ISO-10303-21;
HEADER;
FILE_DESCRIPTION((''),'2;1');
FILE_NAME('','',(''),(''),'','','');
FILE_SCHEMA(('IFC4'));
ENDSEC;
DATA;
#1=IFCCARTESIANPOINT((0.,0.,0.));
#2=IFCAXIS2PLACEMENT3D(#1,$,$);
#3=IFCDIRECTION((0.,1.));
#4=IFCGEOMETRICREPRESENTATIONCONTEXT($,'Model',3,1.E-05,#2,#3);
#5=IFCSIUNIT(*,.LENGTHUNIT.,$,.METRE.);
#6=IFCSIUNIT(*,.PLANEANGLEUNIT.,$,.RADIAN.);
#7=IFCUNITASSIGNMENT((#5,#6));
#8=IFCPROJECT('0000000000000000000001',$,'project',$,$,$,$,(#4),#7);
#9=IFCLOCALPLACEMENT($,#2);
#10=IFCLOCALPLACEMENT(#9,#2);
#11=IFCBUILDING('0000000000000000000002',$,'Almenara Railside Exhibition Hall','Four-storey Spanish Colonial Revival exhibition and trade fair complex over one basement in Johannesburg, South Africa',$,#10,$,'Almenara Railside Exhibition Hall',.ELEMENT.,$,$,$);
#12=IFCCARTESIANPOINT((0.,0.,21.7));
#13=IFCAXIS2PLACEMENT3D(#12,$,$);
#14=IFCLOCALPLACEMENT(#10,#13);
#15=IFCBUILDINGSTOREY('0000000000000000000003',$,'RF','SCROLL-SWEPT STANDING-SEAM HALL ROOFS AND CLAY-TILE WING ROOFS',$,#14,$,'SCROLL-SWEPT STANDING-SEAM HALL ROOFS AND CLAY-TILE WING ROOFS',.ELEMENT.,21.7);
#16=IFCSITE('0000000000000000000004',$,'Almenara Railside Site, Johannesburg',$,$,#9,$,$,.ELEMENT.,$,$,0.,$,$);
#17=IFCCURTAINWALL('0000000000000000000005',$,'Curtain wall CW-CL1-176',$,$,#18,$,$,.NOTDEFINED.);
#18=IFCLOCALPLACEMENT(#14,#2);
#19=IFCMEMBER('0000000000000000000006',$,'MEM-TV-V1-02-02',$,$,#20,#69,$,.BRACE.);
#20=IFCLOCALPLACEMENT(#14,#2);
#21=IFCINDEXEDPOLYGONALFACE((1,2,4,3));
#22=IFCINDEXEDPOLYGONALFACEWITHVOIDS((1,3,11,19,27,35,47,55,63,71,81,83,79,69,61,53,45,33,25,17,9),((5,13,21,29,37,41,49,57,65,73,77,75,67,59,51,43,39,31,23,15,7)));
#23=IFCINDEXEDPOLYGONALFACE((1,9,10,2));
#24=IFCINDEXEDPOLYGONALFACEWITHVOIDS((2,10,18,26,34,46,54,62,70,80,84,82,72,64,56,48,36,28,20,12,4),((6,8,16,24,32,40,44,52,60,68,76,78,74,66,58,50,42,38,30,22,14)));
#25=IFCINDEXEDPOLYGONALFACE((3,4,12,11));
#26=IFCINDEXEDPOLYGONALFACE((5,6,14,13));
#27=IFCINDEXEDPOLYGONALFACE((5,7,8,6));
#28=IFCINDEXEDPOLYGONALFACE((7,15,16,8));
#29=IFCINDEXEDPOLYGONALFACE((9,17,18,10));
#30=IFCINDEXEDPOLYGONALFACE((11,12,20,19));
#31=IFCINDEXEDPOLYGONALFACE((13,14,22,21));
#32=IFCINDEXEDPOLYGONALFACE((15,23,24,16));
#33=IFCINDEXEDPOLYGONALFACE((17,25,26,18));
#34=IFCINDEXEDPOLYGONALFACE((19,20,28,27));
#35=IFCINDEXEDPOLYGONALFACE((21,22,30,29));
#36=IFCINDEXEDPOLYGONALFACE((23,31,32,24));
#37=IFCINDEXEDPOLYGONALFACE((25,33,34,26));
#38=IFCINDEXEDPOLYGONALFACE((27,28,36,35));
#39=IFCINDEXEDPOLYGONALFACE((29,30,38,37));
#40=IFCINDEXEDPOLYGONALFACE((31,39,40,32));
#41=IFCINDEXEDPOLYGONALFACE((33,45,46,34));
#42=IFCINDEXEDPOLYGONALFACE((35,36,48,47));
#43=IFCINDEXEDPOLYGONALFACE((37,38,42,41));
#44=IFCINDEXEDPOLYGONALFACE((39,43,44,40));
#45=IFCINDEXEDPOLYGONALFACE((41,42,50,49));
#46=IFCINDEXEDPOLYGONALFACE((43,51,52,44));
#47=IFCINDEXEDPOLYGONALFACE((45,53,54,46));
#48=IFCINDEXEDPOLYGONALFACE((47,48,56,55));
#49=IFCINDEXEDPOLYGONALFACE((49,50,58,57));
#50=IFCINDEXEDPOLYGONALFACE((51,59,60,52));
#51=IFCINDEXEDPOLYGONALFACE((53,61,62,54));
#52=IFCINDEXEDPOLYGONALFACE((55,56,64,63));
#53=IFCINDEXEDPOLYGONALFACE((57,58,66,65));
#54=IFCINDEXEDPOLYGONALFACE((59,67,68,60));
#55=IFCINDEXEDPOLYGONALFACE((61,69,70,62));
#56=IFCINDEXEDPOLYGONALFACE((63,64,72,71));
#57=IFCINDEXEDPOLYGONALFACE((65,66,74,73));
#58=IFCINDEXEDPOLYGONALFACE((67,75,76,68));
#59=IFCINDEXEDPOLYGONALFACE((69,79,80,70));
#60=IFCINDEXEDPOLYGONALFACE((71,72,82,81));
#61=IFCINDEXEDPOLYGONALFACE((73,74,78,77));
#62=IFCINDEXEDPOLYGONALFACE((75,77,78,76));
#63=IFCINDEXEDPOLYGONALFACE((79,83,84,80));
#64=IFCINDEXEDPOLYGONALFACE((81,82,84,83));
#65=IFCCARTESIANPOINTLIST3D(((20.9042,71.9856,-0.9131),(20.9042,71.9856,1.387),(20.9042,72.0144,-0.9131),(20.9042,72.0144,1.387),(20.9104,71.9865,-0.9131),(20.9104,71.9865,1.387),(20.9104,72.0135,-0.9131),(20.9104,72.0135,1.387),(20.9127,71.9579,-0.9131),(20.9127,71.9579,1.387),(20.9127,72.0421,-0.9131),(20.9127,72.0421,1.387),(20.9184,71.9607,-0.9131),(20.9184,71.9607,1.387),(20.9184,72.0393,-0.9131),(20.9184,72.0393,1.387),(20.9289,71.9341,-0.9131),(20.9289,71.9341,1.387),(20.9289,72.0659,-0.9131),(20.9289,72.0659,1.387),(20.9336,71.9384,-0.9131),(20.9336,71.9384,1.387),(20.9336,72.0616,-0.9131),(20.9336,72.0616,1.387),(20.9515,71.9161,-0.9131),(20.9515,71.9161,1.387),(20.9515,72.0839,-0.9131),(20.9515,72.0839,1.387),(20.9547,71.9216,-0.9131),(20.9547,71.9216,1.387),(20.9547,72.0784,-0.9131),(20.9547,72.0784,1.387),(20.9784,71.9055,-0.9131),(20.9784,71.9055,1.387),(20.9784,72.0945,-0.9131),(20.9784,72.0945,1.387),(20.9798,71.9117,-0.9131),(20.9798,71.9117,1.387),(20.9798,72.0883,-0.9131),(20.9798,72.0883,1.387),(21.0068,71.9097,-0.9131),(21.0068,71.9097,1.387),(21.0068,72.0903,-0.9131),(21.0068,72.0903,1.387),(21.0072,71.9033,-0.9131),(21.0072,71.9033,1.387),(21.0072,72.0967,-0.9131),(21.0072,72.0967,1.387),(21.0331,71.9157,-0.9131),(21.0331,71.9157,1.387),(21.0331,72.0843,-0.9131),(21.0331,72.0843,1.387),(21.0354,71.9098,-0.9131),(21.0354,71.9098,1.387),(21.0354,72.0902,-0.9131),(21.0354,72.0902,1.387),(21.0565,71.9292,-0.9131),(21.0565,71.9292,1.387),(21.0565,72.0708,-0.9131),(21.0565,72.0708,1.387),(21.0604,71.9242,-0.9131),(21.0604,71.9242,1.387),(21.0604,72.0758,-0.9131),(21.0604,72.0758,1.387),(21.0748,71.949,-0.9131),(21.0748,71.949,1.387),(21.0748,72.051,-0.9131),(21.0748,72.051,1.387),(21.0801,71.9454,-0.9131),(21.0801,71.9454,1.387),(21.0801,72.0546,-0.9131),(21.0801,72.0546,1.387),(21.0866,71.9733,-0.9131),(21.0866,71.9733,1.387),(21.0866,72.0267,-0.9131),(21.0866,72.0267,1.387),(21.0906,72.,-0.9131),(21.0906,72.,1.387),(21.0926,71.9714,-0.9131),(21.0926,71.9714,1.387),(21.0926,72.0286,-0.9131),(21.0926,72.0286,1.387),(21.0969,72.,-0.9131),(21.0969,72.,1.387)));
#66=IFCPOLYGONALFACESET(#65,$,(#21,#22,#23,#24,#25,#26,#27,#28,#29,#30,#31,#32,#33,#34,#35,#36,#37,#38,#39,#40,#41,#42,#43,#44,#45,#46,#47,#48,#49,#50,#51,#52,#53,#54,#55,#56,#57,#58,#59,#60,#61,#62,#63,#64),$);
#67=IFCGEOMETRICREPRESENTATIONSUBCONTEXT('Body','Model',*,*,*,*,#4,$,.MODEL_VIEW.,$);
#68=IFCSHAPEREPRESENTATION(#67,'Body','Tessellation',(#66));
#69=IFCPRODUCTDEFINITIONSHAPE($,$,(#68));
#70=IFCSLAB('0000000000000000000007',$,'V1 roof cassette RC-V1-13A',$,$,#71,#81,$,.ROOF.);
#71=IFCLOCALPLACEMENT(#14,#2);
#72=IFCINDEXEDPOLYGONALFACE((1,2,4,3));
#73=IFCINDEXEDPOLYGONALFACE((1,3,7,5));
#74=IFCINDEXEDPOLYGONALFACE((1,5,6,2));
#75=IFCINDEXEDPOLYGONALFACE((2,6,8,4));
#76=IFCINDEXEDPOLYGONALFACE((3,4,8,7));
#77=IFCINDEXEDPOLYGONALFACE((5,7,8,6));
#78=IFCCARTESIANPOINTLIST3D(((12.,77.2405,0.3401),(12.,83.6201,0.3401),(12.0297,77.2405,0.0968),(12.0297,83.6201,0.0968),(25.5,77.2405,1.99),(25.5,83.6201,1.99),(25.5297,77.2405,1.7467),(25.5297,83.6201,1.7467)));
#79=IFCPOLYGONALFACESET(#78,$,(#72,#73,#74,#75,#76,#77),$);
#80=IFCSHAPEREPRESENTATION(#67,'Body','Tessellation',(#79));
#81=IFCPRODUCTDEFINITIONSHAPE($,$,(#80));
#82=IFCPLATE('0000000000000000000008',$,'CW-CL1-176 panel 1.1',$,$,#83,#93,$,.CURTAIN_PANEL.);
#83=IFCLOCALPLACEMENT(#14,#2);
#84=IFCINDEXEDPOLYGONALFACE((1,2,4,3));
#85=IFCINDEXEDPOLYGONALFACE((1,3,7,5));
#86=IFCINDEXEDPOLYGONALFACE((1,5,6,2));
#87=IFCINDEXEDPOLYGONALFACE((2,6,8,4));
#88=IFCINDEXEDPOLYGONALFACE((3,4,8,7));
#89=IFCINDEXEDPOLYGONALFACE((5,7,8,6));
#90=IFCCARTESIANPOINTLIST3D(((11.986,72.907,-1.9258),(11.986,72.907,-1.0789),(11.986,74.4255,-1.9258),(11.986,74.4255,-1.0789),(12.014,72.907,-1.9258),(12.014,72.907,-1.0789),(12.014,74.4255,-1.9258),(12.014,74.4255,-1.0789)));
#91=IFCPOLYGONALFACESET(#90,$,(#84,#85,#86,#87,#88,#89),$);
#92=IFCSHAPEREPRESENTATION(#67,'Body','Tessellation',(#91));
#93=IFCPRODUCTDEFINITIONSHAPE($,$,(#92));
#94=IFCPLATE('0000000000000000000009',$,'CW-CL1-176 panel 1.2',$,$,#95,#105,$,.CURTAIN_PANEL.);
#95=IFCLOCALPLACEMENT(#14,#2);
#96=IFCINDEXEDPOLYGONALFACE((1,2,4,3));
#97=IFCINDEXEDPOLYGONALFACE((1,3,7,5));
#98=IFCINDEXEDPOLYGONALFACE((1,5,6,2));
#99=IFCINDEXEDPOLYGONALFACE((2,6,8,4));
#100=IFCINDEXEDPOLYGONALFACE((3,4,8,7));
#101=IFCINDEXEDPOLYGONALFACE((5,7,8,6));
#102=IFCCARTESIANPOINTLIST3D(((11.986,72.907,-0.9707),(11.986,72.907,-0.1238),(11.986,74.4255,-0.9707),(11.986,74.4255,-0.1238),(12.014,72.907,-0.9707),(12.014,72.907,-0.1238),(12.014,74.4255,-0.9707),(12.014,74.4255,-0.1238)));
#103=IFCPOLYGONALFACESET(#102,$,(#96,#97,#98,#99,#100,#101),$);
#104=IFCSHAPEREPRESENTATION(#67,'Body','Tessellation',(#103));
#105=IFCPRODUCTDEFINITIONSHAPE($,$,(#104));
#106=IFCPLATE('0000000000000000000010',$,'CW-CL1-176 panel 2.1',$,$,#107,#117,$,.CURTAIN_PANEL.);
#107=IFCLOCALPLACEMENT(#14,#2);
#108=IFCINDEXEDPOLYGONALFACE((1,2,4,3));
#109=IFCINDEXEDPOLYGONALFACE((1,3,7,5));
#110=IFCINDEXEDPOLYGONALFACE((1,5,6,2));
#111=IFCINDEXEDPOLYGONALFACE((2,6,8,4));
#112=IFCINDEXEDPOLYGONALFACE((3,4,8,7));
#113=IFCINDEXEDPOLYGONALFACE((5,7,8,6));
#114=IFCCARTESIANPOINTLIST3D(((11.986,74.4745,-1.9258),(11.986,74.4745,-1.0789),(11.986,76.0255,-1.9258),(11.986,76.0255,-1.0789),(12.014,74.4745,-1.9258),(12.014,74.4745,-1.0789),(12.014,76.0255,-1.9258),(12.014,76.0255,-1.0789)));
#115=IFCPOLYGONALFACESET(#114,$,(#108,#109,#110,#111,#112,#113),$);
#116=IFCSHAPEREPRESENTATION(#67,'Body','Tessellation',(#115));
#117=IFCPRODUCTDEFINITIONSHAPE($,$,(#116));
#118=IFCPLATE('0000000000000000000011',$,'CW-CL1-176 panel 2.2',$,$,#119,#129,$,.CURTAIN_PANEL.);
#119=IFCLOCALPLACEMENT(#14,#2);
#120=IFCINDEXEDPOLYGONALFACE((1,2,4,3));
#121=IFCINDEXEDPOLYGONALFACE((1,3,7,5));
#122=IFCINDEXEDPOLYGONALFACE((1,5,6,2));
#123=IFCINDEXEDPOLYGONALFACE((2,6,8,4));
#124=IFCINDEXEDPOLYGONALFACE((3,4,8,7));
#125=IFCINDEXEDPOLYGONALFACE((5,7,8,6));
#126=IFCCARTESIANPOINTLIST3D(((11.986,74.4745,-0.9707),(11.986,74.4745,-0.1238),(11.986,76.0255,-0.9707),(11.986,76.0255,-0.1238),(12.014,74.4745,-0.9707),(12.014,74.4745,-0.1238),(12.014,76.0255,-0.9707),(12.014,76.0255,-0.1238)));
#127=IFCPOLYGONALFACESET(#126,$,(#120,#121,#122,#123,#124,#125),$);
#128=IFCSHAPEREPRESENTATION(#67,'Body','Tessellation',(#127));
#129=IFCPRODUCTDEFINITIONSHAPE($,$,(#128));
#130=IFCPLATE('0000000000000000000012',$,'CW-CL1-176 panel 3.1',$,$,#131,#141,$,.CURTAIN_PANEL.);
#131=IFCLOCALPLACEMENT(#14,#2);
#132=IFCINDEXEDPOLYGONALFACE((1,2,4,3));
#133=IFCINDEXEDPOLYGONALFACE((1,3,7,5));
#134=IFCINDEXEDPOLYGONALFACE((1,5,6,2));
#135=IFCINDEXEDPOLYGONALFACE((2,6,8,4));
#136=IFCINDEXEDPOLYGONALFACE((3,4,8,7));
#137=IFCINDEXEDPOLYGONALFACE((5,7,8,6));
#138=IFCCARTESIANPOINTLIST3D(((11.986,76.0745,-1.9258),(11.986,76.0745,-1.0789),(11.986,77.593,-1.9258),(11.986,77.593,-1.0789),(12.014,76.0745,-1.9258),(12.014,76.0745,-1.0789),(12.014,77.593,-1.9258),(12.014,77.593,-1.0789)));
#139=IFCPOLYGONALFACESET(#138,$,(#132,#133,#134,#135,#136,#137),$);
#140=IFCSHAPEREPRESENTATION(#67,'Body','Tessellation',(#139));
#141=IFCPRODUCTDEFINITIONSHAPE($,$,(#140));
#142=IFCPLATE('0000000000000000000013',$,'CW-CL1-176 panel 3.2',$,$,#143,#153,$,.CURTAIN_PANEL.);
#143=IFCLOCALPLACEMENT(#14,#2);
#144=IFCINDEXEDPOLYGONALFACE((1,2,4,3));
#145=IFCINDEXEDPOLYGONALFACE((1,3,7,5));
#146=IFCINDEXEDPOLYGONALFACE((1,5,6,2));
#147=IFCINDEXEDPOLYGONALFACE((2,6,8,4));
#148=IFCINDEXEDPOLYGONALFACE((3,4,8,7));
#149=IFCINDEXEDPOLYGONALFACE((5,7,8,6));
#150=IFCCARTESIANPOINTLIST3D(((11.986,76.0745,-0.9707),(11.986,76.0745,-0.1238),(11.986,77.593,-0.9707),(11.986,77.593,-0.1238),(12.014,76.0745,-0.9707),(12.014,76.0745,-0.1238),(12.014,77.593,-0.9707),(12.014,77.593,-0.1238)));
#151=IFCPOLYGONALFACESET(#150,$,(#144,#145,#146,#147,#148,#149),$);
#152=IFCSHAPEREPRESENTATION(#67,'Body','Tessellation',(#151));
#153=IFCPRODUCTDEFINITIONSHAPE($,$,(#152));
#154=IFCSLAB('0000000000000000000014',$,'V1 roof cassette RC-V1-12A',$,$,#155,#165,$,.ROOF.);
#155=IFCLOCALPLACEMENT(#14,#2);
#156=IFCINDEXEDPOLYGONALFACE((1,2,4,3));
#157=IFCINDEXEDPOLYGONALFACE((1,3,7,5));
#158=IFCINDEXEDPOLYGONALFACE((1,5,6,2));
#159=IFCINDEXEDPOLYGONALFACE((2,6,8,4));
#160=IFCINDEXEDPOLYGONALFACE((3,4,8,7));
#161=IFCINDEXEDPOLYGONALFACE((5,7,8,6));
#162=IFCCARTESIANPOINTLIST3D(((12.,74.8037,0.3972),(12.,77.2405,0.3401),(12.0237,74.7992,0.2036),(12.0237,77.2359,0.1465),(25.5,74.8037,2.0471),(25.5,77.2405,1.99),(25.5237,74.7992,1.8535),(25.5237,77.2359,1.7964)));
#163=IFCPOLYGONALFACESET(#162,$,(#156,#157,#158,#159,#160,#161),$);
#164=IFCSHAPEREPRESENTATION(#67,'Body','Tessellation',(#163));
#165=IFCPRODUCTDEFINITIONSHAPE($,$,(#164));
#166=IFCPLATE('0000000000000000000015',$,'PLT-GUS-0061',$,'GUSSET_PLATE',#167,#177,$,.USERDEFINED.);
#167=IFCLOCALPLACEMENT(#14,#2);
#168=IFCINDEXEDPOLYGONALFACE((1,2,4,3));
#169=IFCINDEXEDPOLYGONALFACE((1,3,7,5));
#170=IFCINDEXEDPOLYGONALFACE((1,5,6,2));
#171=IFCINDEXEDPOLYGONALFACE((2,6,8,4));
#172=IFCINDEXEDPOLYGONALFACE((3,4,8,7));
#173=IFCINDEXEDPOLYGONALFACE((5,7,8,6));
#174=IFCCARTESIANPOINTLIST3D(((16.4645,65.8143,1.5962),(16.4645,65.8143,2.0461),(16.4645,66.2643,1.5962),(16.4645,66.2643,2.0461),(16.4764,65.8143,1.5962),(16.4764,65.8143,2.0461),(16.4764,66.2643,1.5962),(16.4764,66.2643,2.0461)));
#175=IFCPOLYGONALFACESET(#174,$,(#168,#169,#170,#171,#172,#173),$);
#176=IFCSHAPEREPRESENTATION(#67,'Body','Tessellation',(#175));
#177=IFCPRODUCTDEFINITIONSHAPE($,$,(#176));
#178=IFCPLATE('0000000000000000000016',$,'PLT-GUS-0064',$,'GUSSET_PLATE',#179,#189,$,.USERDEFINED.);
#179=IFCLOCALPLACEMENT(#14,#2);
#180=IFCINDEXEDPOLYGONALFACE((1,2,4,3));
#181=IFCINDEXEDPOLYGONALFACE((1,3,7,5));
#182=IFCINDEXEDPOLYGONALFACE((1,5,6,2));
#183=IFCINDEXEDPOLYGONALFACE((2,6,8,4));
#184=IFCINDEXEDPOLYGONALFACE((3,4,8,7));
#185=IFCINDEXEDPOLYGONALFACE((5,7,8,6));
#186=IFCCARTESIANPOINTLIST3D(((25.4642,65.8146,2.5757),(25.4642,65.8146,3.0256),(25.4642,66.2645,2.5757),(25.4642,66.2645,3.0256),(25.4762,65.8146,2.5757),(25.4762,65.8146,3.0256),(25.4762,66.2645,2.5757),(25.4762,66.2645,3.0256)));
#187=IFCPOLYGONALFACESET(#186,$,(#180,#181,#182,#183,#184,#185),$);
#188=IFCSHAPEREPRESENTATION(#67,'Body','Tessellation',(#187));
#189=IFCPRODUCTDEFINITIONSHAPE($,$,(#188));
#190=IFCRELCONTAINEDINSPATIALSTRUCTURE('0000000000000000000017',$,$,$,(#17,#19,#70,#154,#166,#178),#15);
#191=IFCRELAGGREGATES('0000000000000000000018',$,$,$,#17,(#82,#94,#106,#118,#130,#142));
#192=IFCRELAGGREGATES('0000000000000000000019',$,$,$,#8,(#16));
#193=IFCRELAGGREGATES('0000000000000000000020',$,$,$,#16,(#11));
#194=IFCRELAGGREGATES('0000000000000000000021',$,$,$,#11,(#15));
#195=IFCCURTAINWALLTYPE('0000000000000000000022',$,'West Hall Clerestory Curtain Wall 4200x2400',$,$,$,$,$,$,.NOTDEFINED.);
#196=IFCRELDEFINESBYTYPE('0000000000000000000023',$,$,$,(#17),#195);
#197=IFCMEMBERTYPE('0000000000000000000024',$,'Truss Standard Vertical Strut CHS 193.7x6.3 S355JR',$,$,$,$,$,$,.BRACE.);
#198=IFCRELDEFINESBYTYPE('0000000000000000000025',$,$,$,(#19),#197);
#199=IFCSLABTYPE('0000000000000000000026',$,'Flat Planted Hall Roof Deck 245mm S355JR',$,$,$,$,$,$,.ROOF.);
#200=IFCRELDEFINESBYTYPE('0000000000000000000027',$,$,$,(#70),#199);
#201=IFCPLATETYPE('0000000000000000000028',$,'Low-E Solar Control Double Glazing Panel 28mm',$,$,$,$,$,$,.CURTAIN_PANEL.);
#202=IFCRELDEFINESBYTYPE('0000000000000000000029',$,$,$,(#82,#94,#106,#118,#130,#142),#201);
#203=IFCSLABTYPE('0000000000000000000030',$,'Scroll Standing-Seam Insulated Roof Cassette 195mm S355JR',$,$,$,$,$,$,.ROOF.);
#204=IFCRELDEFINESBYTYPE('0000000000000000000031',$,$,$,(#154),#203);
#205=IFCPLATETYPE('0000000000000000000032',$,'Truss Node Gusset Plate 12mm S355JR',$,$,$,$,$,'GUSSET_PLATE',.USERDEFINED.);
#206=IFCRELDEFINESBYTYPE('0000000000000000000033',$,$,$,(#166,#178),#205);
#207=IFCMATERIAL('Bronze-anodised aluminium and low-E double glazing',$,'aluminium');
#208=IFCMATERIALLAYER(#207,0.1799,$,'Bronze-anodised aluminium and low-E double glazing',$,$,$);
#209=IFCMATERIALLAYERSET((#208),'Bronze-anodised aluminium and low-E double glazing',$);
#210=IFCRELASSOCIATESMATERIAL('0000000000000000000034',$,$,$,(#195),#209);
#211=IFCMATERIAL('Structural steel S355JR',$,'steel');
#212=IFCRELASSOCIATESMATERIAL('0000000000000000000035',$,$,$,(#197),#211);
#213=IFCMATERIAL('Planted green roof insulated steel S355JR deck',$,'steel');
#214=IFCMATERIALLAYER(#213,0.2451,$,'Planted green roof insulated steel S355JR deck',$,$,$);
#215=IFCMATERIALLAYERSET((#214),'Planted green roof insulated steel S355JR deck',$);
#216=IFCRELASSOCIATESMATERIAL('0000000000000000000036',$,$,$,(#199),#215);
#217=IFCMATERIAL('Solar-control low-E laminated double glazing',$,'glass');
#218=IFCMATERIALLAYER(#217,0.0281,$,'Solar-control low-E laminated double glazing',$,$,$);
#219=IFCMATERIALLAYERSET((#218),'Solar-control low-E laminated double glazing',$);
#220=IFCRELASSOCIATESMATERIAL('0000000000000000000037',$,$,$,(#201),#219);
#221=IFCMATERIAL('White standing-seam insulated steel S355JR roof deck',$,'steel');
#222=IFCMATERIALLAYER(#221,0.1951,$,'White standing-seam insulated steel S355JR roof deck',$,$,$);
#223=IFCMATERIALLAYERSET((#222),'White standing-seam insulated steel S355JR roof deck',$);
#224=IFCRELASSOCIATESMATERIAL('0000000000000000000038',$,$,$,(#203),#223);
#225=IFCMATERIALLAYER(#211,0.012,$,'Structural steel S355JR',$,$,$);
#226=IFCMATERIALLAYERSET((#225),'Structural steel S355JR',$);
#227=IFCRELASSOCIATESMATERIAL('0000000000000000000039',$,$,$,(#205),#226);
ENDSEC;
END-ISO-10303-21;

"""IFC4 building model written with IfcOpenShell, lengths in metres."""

from ifc_helpers import new_model, si_unit, direction, frame, origin, origin_2d, place, context, subcontext, project, spatial, polyline, rectangle, hollow_circle, outline, extrude, material, layer, layer_set, material_profile, profile_set, type_object, element, aggregate, save


model = new_model("IFC4")

# Units and contexts
model_context = context("Model", 3, precision=1e-05, world=origin(), true_north=direction((0.0, 1.0)))
body_context = subcontext(model_context, "Body", "Model", "MODEL_VIEW")
ifc_project = project(units=[si_unit("LENGTHUNIT", "METRE"), si_unit("PLANEANGLEUNIT", "RADIAN")], contexts=[model_context])

# Site, building, storey
site_placement = place(None, origin())
site = spatial("IfcSite", under=ifc_project, at=site_placement, Name="Almenara Railside Site, Johannesburg", CompositionType="ELEMENT", RefElevation=0.0)
building_placement = place(site_placement, origin())
building = spatial("IfcBuilding", under=site, at=building_placement, Name="Almenara Railside Exhibition Hall", Description="Four-storey Spanish Colonial Revival exhibition and trade fair complex over one basement in Johannesburg, South Africa", LongName="Almenara Railside Exhibition Hall", CompositionType="ELEMENT")
storey_placement = place(building_placement, frame((0.0, 0.0, 21.7)))
storey = spatial("IfcBuildingStorey", under=building, at=storey_placement, Name="RF", Description="SCROLL-SWEPT STANDING-SEAM HALL ROOFS AND CLAY-TILE WING ROOFS", LongName="SCROLL-SWEPT STANDING-SEAM HALL ROOFS AND CLAY-TILE WING ROOFS", CompositionType="ELEMENT", Elevation=21.7)

# Shared definitions
ifc_material_1 = material(Name="Structural steel S355JR", Category="steel")

# Curtain wall
ifc_material_2 = material(Name="Bronze-anodised aluminium and low-E double glazing", Category="aluminium")
ifc_layer_1 = layer(ifc_material_2, 0.1799, Name="Bronze-anodised aluminium and low-E double glazing")
ifc_layer_set_1 = layer_set([ifc_layer_1], Name="Bronze-anodised aluminium and low-E double glazing")
curtain_wall_type = type_object("IfcCurtainWallType", Name="West Hall Clerestory Curtain Wall 4200x2400", PredefinedType="NOTDEFINED", material=ifc_layer_set_1)
curtain_wall_placement = place(storey_placement, origin())
curtain_wall = element("IfcCurtainWall", 1, at=curtain_wall_placement, inside=storey, type_object=curtain_wall_type, Name="Curtain wall CW-CL1-176", PredefinedType="NOTDEFINED")

# Member
ifc_material_profile_1 = material_profile(ifc_material_1, hollow_circle(Radius=0.0969, WallThickness=0.0063, at=origin_2d()), Name="CHS 193.7x6.3")
ifc_profile_set_1 = profile_set([ifc_material_profile_1], Name="Structural steel S355JR")
member_type_1 = type_object("IfcMemberType", Name="Truss Standard Vertical Strut CHS 193.7x6.3 S355JR", PredefinedType="BRACE", material=ifc_profile_set_1)
member_1_placement = place(storey_placement, frame((21.0, 72.0, -0.9131), z_axis=(0.0, 0.0, 1.0), x_axis=(1.0, 0.0, 0.0)))
element("IfcMember", 2, at=member_1_placement, inside=storey, type_object=member_type_1, Name="MEM-TV-V1-02-02", PredefinedType="BRACE", context=body_context, shape_type="SweptSolid", body=[
    extrude(hollow_circle(Radius=0.0969, WallThickness=0.0063, at=origin_2d()), origin(), (0.0, 0.0, 1.0), 2.3),
])

# Slab
ifc_material_3 = material(Name="Planted green roof insulated steel S355JR deck", Category="steel")
ifc_layer_2 = layer(ifc_material_3, 0.2451, Name="Planted green roof insulated steel S355JR deck")
ifc_layer_set_2 = layer_set([ifc_layer_2], Name="Planted green roof insulated steel S355JR deck")
slab_type_1 = type_object("IfcSlabType", Name="Flat Planted Hall Roof Deck 245mm S355JR", PredefinedType="ROOF", material=ifc_layer_set_2)
slab_1_placement = place(storey_placement, frame((12.0, 77.2405, 0.3401), z_axis=(-0.121312, 0.0, 0.992614), x_axis=(0.992614, 0.0, 0.121312)))
element("IfcSlab", 3, at=slab_1_placement, inside=storey, type_object=slab_type_1, Name="V1 roof cassette RC-V1-13A", PredefinedType="ROOF", context=body_context, shape_type="SweptSolid", body=[
    extrude(outline(polyline([(0.0, 0.0), (13.6004, 0.0), (13.6004, 6.3796), (0.0, 6.3796), (0.0, 0.0)])), origin(), (0.0, 0.0, -1.0), 0.2451),
])

# Plates
ifc_material_4 = material(Name="Solar-control low-E laminated double glazing", Category="glass")
ifc_layer_3 = layer(ifc_material_4, 0.0281, Name="Solar-control low-E laminated double glazing")
ifc_layer_set_3 = layer_set([ifc_layer_3], Name="Solar-control low-E laminated double glazing")
plate_type_1 = type_object("IfcPlateType", Name="Low-E Solar Control Double Glazing Panel 28mm", PredefinedType="CURTAIN_PANEL", material=ifc_layer_set_3)
plate_1_placement = place(storey_placement, frame((12.0, 73.6663, -1.9258), z_axis=(0.0, 0.0, 1.0), x_axis=(0.0, 1.0, 0.0)))
plate_1 = element("IfcPlate", 4, at=plate_1_placement, type_object=plate_type_1, Name="CW-CL1-176 panel 1.1", PredefinedType="CURTAIN_PANEL", context=body_context, shape_type="SweptSolid", body=[
    extrude(rectangle(XDim=1.5186, YDim=0.0281, at=origin_2d()), origin(), (0.0, 0.0, 1.0), 0.8469),
])
plate_2_placement = place(storey_placement, frame((12.0, 73.6663, -0.9707), z_axis=(0.0, 0.0, 1.0), x_axis=(0.0, 1.0, 0.0)))
plate_2 = element("IfcPlate", 5, at=plate_2_placement, type_object=plate_type_1, Name="CW-CL1-176 panel 1.2", PredefinedType="CURTAIN_PANEL", context=body_context, shape_type="SweptSolid", body=[
    extrude(rectangle(XDim=1.5186, YDim=0.0281, at=origin_2d()), origin(), (0.0, 0.0, 1.0), 0.8469),
])
plate_3_placement = place(storey_placement, frame((12.0, 75.25, -1.9258), z_axis=(0.0, 0.0, 1.0), x_axis=(0.0, 1.0, 0.0)))
plate_3 = element("IfcPlate", 6, at=plate_3_placement, type_object=plate_type_1, Name="CW-CL1-176 panel 2.1", PredefinedType="CURTAIN_PANEL", context=body_context, shape_type="SweptSolid", body=[
    extrude(rectangle(XDim=1.551, YDim=0.0281, at=origin_2d()), origin(), (0.0, 0.0, 1.0), 0.8469),
])
plate_4_placement = place(storey_placement, frame((12.0, 75.25, -0.9707), z_axis=(0.0, 0.0, 1.0), x_axis=(0.0, 1.0, 0.0)))
plate_4 = element("IfcPlate", 7, at=plate_4_placement, type_object=plate_type_1, Name="CW-CL1-176 panel 2.2", PredefinedType="CURTAIN_PANEL", context=body_context, shape_type="SweptSolid", body=[
    extrude(rectangle(XDim=1.551, YDim=0.0281, at=origin_2d()), origin(), (0.0, 0.0, 1.0), 0.8469),
])
plate_5_placement = place(storey_placement, frame((12.0, 76.8337, -1.9258), z_axis=(0.0, 0.0, 1.0), x_axis=(0.0, 1.0, 0.0)))
plate_5 = element("IfcPlate", 8, at=plate_5_placement, type_object=plate_type_1, Name="CW-CL1-176 panel 3.1", PredefinedType="CURTAIN_PANEL", context=body_context, shape_type="SweptSolid", body=[
    extrude(rectangle(XDim=1.5186, YDim=0.0281, at=origin_2d()), origin(), (0.0, 0.0, 1.0), 0.8469),
])
plate_6_placement = place(storey_placement, frame((12.0, 76.8337, -0.9707), z_axis=(0.0, 0.0, 1.0), x_axis=(0.0, 1.0, 0.0)))
plate_6 = element("IfcPlate", 9, at=plate_6_placement, type_object=plate_type_1, Name="CW-CL1-176 panel 3.2", PredefinedType="CURTAIN_PANEL", context=body_context, shape_type="SweptSolid", body=[
    extrude(rectangle(XDim=1.5186, YDim=0.0281, at=origin_2d()), origin(), (0.0, 0.0, 1.0), 0.8469),
])
aggregate(curtain_wall, [plate_1, plate_2, plate_3, plate_4, plate_5, plate_6])

# Slab
ifc_material_5 = material(Name="White standing-seam insulated steel S355JR roof deck", Category="steel")
ifc_layer_4 = layer(ifc_material_5, 0.1951, Name="White standing-seam insulated steel S355JR roof deck")
ifc_layer_set_4 = layer_set([ifc_layer_4], Name="White standing-seam insulated steel S355JR roof deck")
slab_type_2 = type_object("IfcSlabType", Name="Scroll Standing-Seam Insulated Roof Cassette 195mm S355JR", PredefinedType="ROOF", material=ifc_layer_set_4)
slab_2_placement = place(storey_placement, frame((12.0, 74.8037, 0.3972), z_axis=(-0.12128, 0.023265, 0.992346), x_axis=(0.992614, 0.0, 0.121312)))
element("IfcSlab", 10, at=slab_2_placement, inside=storey, type_object=slab_type_2, Name="V1 roof cassette RC-V1-12A", PredefinedType="ROOF", context=body_context, shape_type="SweptSolid", body=[
    extrude(outline(polyline([(0.0, 0.0), (13.6004, 0.0), (13.5935, 2.4374), (-0.0069, 2.4374), (0.0, 0.0)])), origin(), (0.0, 0.0, -1.0), 0.1951),
])

# Plates
ifc_layer_5 = layer(ifc_material_1, 0.012, Name="Structural steel S355JR")
ifc_layer_set_5 = layer_set([ifc_layer_5], Name="Structural steel S355JR")
plate_type_2 = type_object("IfcPlateType", Name="Truss Node Gusset Plate 12mm S355JR", ElementType="GUSSET_PLATE", PredefinedType="USERDEFINED", material=ifc_layer_set_5)
for number, where, z_axis, x_axis, name in (
    (11, (16.4705, 66.0393, 1.5962), (0.0, 0.0, 1.0), (0.0, 1.0, 0.0), "PLT-GUS-0061"),
    (12, (25.4702, 66.0396, 2.5757), (0.0, 0.0, 1.0), (0.0, 1.0, 0.0), "PLT-GUS-0064"),
):
    element("IfcPlate", number, at=place(storey_placement, frame(where, z_axis=z_axis, x_axis=x_axis)), inside=storey, type_object=plate_type_2, Name=name, ObjectType="GUSSET_PLATE", PredefinedType="USERDEFINED", context=body_context, shape_type="SweptSolid", body=[
        extrude(rectangle(XDim=0.45, YDim=0.012, at=origin_2d()), origin(), (0.0, 0.0, 1.0), 0.45),
    ])

save(model, "model.ifc")
